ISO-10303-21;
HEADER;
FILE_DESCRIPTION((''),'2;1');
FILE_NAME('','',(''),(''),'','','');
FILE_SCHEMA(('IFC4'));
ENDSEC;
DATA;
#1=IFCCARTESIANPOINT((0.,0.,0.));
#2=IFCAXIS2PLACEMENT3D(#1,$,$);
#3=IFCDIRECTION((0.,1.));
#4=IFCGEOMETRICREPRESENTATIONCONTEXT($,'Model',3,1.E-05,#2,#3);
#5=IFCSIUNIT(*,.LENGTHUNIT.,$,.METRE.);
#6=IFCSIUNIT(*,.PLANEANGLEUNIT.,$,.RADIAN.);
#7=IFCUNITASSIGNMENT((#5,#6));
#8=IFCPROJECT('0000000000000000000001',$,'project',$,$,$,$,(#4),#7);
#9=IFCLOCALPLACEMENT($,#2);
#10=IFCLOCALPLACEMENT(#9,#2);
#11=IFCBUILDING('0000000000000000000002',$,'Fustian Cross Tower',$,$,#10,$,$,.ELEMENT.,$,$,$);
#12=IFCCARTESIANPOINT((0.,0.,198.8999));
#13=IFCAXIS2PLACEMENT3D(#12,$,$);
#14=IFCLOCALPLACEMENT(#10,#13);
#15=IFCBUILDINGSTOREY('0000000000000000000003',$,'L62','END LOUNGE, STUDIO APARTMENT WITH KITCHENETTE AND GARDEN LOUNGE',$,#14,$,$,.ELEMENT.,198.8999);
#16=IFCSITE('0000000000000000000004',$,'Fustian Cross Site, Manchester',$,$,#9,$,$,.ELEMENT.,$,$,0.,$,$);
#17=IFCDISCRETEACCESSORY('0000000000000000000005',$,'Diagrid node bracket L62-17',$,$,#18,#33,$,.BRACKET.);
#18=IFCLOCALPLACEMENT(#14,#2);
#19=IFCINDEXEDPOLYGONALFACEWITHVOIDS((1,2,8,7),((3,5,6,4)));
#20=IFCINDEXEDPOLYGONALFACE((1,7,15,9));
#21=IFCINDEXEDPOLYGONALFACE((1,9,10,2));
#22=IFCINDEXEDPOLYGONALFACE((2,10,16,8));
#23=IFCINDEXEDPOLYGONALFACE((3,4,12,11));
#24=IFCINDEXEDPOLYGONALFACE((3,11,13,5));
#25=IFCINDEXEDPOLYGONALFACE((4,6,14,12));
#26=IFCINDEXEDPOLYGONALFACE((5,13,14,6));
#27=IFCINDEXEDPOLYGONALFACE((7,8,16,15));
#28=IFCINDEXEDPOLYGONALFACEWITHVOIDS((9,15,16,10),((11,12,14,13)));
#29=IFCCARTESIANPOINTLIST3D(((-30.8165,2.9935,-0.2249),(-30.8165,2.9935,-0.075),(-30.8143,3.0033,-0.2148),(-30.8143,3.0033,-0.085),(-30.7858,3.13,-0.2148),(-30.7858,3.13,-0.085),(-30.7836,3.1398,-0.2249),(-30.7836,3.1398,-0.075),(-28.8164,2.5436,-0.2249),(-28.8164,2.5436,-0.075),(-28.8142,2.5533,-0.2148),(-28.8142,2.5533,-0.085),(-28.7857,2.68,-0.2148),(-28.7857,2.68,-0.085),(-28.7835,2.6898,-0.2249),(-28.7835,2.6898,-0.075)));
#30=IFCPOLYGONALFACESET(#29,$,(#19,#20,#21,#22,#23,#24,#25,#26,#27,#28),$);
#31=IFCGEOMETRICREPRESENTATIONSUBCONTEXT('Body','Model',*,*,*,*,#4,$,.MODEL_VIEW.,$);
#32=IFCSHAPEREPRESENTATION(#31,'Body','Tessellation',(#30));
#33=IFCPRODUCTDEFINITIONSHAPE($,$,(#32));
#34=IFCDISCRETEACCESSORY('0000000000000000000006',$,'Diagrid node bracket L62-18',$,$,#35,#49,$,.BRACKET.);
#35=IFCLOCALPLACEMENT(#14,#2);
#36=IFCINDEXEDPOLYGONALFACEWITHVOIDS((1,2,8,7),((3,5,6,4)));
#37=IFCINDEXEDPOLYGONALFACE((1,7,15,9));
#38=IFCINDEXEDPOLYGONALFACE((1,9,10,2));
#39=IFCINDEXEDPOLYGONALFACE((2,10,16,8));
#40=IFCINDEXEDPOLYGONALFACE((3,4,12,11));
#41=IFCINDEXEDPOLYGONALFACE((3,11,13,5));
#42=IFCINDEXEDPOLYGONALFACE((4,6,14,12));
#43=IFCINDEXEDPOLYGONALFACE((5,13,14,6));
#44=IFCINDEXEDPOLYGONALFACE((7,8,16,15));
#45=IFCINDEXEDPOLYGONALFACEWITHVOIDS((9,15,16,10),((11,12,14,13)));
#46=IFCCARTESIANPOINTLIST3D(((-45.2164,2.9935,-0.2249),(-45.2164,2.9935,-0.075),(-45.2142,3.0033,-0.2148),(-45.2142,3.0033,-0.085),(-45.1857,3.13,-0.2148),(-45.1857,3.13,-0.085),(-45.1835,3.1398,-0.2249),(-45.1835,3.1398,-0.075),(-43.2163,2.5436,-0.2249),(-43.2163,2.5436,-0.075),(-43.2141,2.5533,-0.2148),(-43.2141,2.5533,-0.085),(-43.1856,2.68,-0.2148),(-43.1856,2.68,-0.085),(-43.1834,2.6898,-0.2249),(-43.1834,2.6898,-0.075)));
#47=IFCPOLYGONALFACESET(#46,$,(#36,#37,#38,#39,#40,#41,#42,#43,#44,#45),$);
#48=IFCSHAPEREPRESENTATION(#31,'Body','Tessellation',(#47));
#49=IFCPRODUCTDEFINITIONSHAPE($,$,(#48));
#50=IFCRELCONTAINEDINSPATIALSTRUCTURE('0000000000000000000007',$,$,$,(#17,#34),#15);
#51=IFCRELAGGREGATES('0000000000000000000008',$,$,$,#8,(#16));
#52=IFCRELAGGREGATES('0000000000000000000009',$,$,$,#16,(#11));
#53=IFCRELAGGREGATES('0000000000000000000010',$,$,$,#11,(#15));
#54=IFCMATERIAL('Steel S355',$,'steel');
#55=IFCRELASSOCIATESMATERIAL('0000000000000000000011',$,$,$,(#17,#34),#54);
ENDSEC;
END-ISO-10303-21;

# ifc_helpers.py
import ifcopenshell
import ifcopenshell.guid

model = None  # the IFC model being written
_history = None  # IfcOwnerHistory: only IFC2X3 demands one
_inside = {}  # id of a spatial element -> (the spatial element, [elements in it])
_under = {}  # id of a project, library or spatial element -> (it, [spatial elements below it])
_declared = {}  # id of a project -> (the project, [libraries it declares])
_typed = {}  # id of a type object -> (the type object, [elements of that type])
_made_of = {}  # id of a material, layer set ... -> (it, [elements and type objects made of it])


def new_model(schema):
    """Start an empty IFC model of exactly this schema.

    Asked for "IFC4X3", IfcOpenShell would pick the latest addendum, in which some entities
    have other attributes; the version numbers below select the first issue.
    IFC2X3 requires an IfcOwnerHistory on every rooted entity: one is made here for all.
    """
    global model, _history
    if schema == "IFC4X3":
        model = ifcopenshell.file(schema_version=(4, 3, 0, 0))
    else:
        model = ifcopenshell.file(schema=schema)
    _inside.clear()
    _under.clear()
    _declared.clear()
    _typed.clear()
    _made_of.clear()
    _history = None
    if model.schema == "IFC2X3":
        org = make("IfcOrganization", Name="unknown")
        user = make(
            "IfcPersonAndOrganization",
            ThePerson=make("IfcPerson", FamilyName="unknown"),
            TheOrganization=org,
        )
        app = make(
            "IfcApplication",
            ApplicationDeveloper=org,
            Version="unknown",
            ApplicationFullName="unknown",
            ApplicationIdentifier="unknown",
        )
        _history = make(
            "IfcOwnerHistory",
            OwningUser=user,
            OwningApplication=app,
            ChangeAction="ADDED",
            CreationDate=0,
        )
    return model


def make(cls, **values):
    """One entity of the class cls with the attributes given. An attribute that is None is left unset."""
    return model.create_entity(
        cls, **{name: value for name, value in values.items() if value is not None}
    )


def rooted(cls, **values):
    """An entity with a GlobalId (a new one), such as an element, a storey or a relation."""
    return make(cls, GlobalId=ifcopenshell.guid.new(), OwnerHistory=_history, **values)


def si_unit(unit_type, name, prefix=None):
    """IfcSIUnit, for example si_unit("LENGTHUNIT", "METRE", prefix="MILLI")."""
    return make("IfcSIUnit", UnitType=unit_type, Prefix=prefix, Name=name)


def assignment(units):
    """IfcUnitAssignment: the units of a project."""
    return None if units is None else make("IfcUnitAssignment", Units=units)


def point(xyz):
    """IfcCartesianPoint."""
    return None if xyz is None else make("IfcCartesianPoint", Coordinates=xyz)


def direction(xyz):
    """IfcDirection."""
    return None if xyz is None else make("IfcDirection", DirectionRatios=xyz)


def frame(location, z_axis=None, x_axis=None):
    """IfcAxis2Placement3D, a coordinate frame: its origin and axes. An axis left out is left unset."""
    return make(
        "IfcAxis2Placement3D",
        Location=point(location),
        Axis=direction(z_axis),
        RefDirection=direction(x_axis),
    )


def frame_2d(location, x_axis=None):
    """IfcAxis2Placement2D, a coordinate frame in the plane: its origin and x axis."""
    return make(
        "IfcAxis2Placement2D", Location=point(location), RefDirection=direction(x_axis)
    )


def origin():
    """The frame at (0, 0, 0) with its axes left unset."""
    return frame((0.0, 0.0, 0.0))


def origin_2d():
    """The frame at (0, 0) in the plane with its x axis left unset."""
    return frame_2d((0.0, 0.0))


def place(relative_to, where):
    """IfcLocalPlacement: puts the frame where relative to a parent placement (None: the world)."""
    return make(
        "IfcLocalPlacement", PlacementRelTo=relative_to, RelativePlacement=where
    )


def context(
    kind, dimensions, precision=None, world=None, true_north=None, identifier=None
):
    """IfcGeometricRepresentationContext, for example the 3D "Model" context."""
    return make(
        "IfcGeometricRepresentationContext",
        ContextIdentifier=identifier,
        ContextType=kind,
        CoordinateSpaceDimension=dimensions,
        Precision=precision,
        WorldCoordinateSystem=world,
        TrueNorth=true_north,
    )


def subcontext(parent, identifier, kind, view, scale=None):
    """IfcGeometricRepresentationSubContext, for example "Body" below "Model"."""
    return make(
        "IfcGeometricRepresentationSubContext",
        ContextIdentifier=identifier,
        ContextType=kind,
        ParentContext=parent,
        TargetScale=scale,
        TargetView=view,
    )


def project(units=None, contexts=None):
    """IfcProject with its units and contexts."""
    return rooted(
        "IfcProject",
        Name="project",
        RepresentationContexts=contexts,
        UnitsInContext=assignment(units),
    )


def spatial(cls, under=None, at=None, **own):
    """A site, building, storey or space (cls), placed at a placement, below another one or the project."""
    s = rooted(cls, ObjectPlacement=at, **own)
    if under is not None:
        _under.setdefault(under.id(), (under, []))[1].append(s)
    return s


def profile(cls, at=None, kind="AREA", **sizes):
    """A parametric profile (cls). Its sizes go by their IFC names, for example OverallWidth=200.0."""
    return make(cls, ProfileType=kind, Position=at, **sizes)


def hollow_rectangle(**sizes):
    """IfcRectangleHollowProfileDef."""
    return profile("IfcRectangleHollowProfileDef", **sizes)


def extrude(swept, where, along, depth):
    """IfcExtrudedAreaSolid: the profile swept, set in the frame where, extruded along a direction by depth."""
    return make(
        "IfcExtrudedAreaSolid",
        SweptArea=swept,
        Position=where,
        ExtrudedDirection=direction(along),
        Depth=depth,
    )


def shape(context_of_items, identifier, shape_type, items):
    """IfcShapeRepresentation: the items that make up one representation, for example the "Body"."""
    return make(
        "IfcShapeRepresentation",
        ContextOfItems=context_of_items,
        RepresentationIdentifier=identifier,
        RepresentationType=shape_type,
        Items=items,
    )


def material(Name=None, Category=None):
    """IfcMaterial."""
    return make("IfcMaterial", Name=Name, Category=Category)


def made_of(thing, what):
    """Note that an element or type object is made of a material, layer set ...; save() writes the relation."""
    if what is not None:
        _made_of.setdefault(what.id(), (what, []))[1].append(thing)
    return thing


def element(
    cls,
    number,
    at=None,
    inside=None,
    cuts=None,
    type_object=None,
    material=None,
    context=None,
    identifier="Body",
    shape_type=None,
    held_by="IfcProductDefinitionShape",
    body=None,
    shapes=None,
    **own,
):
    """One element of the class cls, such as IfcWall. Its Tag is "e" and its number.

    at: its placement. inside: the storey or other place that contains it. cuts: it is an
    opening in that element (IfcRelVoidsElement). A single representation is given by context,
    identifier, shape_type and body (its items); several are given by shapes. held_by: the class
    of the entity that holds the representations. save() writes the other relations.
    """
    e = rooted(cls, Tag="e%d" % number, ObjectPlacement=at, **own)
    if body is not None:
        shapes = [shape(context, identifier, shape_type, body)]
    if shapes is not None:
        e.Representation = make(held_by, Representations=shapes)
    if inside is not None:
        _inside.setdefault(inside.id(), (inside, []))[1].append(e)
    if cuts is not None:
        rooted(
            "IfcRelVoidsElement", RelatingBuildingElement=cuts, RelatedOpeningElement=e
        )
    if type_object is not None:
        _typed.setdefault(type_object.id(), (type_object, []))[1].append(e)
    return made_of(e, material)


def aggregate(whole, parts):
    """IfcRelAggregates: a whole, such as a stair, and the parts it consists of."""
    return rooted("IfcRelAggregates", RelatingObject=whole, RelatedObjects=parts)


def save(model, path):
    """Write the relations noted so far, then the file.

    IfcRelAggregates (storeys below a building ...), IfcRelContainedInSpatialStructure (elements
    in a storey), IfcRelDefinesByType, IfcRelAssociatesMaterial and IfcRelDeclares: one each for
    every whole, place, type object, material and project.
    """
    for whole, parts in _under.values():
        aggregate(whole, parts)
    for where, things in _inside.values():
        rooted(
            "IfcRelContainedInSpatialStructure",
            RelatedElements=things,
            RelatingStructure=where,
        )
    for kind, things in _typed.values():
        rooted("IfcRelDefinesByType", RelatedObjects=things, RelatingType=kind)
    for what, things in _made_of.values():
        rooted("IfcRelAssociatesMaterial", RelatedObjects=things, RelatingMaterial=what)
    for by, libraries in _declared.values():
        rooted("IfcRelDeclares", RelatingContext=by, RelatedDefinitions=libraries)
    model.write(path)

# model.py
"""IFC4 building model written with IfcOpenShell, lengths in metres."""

from ifc_helpers import new_model, si_unit, direction, frame, origin, origin_2d, place, context, subcontext, project, spatial, hollow_rectangle, extrude, material, element, save


model = new_model("IFC4")

# Units and contexts
model_context = context("Model", 3, precision=1e-05, world=origin(), true_north=direction((0.0, 1.0)))
body_context = subcontext(model_context, "Body", "Model", "MODEL_VIEW")
ifc_project = project(units=[si_unit("LENGTHUNIT", "METRE"), si_unit("PLANEANGLEUNIT", "RADIAN")], contexts=[model_context])

# Site, building, storey
site_placement = place(None, origin())
site = spatial("IfcSite", under=ifc_project, at=site_placement, Name="Fustian Cross Site, Manchester", CompositionType="ELEMENT", RefElevation=0.0)
building_placement = place(site_placement, origin())
building = spatial("IfcBuilding", under=site, at=building_placement, Name="Fustian Cross Tower", CompositionType="ELEMENT")
storey_placement = place(building_placement, frame((0.0, 0.0, 198.8999)))
storey = spatial("IfcBuildingStorey", under=building, at=storey_placement, Name="L62", Description="END LOUNGE, STUDIO APARTMENT WITH KITCHENETTE AND GARDEN LOUNGE", CompositionType="ELEMENT", Elevation=198.8999)

# Discrete accessories
ifc_material_1 = material(Name="Steel S355", Category="steel")
for number, where, z_axis, x_axis, name in (
    (1, (-30.8, 3.0667, -0.1499), (0.975615, -0.21949, 0.0), (0.21949, 0.975615, 0.0), "Diagrid node bracket L62-17"),
    (2, (-45.2, 3.0667, -0.1499), (0.975615, -0.21949, 0.0), (0.21949, 0.975615, 0.0), "Diagrid node bracket L62-18"),
):
    element("IfcDiscreteAccessory", number, at=place(storey_placement, frame(where, z_axis=z_axis, x_axis=x_axis)), inside=storey, material=ifc_material_1, Name=name, PredefinedType="BRACKET", context=body_context, shape_type="SweptSolid", body=[
        extrude(hollow_rectangle(XDim=0.1499, YDim=0.1499, WallThickness=0.01, at=origin_2d()), origin(), (0.0, 0.0, 1.0), 2.05),
    ])

save(model, "model.ifc")
